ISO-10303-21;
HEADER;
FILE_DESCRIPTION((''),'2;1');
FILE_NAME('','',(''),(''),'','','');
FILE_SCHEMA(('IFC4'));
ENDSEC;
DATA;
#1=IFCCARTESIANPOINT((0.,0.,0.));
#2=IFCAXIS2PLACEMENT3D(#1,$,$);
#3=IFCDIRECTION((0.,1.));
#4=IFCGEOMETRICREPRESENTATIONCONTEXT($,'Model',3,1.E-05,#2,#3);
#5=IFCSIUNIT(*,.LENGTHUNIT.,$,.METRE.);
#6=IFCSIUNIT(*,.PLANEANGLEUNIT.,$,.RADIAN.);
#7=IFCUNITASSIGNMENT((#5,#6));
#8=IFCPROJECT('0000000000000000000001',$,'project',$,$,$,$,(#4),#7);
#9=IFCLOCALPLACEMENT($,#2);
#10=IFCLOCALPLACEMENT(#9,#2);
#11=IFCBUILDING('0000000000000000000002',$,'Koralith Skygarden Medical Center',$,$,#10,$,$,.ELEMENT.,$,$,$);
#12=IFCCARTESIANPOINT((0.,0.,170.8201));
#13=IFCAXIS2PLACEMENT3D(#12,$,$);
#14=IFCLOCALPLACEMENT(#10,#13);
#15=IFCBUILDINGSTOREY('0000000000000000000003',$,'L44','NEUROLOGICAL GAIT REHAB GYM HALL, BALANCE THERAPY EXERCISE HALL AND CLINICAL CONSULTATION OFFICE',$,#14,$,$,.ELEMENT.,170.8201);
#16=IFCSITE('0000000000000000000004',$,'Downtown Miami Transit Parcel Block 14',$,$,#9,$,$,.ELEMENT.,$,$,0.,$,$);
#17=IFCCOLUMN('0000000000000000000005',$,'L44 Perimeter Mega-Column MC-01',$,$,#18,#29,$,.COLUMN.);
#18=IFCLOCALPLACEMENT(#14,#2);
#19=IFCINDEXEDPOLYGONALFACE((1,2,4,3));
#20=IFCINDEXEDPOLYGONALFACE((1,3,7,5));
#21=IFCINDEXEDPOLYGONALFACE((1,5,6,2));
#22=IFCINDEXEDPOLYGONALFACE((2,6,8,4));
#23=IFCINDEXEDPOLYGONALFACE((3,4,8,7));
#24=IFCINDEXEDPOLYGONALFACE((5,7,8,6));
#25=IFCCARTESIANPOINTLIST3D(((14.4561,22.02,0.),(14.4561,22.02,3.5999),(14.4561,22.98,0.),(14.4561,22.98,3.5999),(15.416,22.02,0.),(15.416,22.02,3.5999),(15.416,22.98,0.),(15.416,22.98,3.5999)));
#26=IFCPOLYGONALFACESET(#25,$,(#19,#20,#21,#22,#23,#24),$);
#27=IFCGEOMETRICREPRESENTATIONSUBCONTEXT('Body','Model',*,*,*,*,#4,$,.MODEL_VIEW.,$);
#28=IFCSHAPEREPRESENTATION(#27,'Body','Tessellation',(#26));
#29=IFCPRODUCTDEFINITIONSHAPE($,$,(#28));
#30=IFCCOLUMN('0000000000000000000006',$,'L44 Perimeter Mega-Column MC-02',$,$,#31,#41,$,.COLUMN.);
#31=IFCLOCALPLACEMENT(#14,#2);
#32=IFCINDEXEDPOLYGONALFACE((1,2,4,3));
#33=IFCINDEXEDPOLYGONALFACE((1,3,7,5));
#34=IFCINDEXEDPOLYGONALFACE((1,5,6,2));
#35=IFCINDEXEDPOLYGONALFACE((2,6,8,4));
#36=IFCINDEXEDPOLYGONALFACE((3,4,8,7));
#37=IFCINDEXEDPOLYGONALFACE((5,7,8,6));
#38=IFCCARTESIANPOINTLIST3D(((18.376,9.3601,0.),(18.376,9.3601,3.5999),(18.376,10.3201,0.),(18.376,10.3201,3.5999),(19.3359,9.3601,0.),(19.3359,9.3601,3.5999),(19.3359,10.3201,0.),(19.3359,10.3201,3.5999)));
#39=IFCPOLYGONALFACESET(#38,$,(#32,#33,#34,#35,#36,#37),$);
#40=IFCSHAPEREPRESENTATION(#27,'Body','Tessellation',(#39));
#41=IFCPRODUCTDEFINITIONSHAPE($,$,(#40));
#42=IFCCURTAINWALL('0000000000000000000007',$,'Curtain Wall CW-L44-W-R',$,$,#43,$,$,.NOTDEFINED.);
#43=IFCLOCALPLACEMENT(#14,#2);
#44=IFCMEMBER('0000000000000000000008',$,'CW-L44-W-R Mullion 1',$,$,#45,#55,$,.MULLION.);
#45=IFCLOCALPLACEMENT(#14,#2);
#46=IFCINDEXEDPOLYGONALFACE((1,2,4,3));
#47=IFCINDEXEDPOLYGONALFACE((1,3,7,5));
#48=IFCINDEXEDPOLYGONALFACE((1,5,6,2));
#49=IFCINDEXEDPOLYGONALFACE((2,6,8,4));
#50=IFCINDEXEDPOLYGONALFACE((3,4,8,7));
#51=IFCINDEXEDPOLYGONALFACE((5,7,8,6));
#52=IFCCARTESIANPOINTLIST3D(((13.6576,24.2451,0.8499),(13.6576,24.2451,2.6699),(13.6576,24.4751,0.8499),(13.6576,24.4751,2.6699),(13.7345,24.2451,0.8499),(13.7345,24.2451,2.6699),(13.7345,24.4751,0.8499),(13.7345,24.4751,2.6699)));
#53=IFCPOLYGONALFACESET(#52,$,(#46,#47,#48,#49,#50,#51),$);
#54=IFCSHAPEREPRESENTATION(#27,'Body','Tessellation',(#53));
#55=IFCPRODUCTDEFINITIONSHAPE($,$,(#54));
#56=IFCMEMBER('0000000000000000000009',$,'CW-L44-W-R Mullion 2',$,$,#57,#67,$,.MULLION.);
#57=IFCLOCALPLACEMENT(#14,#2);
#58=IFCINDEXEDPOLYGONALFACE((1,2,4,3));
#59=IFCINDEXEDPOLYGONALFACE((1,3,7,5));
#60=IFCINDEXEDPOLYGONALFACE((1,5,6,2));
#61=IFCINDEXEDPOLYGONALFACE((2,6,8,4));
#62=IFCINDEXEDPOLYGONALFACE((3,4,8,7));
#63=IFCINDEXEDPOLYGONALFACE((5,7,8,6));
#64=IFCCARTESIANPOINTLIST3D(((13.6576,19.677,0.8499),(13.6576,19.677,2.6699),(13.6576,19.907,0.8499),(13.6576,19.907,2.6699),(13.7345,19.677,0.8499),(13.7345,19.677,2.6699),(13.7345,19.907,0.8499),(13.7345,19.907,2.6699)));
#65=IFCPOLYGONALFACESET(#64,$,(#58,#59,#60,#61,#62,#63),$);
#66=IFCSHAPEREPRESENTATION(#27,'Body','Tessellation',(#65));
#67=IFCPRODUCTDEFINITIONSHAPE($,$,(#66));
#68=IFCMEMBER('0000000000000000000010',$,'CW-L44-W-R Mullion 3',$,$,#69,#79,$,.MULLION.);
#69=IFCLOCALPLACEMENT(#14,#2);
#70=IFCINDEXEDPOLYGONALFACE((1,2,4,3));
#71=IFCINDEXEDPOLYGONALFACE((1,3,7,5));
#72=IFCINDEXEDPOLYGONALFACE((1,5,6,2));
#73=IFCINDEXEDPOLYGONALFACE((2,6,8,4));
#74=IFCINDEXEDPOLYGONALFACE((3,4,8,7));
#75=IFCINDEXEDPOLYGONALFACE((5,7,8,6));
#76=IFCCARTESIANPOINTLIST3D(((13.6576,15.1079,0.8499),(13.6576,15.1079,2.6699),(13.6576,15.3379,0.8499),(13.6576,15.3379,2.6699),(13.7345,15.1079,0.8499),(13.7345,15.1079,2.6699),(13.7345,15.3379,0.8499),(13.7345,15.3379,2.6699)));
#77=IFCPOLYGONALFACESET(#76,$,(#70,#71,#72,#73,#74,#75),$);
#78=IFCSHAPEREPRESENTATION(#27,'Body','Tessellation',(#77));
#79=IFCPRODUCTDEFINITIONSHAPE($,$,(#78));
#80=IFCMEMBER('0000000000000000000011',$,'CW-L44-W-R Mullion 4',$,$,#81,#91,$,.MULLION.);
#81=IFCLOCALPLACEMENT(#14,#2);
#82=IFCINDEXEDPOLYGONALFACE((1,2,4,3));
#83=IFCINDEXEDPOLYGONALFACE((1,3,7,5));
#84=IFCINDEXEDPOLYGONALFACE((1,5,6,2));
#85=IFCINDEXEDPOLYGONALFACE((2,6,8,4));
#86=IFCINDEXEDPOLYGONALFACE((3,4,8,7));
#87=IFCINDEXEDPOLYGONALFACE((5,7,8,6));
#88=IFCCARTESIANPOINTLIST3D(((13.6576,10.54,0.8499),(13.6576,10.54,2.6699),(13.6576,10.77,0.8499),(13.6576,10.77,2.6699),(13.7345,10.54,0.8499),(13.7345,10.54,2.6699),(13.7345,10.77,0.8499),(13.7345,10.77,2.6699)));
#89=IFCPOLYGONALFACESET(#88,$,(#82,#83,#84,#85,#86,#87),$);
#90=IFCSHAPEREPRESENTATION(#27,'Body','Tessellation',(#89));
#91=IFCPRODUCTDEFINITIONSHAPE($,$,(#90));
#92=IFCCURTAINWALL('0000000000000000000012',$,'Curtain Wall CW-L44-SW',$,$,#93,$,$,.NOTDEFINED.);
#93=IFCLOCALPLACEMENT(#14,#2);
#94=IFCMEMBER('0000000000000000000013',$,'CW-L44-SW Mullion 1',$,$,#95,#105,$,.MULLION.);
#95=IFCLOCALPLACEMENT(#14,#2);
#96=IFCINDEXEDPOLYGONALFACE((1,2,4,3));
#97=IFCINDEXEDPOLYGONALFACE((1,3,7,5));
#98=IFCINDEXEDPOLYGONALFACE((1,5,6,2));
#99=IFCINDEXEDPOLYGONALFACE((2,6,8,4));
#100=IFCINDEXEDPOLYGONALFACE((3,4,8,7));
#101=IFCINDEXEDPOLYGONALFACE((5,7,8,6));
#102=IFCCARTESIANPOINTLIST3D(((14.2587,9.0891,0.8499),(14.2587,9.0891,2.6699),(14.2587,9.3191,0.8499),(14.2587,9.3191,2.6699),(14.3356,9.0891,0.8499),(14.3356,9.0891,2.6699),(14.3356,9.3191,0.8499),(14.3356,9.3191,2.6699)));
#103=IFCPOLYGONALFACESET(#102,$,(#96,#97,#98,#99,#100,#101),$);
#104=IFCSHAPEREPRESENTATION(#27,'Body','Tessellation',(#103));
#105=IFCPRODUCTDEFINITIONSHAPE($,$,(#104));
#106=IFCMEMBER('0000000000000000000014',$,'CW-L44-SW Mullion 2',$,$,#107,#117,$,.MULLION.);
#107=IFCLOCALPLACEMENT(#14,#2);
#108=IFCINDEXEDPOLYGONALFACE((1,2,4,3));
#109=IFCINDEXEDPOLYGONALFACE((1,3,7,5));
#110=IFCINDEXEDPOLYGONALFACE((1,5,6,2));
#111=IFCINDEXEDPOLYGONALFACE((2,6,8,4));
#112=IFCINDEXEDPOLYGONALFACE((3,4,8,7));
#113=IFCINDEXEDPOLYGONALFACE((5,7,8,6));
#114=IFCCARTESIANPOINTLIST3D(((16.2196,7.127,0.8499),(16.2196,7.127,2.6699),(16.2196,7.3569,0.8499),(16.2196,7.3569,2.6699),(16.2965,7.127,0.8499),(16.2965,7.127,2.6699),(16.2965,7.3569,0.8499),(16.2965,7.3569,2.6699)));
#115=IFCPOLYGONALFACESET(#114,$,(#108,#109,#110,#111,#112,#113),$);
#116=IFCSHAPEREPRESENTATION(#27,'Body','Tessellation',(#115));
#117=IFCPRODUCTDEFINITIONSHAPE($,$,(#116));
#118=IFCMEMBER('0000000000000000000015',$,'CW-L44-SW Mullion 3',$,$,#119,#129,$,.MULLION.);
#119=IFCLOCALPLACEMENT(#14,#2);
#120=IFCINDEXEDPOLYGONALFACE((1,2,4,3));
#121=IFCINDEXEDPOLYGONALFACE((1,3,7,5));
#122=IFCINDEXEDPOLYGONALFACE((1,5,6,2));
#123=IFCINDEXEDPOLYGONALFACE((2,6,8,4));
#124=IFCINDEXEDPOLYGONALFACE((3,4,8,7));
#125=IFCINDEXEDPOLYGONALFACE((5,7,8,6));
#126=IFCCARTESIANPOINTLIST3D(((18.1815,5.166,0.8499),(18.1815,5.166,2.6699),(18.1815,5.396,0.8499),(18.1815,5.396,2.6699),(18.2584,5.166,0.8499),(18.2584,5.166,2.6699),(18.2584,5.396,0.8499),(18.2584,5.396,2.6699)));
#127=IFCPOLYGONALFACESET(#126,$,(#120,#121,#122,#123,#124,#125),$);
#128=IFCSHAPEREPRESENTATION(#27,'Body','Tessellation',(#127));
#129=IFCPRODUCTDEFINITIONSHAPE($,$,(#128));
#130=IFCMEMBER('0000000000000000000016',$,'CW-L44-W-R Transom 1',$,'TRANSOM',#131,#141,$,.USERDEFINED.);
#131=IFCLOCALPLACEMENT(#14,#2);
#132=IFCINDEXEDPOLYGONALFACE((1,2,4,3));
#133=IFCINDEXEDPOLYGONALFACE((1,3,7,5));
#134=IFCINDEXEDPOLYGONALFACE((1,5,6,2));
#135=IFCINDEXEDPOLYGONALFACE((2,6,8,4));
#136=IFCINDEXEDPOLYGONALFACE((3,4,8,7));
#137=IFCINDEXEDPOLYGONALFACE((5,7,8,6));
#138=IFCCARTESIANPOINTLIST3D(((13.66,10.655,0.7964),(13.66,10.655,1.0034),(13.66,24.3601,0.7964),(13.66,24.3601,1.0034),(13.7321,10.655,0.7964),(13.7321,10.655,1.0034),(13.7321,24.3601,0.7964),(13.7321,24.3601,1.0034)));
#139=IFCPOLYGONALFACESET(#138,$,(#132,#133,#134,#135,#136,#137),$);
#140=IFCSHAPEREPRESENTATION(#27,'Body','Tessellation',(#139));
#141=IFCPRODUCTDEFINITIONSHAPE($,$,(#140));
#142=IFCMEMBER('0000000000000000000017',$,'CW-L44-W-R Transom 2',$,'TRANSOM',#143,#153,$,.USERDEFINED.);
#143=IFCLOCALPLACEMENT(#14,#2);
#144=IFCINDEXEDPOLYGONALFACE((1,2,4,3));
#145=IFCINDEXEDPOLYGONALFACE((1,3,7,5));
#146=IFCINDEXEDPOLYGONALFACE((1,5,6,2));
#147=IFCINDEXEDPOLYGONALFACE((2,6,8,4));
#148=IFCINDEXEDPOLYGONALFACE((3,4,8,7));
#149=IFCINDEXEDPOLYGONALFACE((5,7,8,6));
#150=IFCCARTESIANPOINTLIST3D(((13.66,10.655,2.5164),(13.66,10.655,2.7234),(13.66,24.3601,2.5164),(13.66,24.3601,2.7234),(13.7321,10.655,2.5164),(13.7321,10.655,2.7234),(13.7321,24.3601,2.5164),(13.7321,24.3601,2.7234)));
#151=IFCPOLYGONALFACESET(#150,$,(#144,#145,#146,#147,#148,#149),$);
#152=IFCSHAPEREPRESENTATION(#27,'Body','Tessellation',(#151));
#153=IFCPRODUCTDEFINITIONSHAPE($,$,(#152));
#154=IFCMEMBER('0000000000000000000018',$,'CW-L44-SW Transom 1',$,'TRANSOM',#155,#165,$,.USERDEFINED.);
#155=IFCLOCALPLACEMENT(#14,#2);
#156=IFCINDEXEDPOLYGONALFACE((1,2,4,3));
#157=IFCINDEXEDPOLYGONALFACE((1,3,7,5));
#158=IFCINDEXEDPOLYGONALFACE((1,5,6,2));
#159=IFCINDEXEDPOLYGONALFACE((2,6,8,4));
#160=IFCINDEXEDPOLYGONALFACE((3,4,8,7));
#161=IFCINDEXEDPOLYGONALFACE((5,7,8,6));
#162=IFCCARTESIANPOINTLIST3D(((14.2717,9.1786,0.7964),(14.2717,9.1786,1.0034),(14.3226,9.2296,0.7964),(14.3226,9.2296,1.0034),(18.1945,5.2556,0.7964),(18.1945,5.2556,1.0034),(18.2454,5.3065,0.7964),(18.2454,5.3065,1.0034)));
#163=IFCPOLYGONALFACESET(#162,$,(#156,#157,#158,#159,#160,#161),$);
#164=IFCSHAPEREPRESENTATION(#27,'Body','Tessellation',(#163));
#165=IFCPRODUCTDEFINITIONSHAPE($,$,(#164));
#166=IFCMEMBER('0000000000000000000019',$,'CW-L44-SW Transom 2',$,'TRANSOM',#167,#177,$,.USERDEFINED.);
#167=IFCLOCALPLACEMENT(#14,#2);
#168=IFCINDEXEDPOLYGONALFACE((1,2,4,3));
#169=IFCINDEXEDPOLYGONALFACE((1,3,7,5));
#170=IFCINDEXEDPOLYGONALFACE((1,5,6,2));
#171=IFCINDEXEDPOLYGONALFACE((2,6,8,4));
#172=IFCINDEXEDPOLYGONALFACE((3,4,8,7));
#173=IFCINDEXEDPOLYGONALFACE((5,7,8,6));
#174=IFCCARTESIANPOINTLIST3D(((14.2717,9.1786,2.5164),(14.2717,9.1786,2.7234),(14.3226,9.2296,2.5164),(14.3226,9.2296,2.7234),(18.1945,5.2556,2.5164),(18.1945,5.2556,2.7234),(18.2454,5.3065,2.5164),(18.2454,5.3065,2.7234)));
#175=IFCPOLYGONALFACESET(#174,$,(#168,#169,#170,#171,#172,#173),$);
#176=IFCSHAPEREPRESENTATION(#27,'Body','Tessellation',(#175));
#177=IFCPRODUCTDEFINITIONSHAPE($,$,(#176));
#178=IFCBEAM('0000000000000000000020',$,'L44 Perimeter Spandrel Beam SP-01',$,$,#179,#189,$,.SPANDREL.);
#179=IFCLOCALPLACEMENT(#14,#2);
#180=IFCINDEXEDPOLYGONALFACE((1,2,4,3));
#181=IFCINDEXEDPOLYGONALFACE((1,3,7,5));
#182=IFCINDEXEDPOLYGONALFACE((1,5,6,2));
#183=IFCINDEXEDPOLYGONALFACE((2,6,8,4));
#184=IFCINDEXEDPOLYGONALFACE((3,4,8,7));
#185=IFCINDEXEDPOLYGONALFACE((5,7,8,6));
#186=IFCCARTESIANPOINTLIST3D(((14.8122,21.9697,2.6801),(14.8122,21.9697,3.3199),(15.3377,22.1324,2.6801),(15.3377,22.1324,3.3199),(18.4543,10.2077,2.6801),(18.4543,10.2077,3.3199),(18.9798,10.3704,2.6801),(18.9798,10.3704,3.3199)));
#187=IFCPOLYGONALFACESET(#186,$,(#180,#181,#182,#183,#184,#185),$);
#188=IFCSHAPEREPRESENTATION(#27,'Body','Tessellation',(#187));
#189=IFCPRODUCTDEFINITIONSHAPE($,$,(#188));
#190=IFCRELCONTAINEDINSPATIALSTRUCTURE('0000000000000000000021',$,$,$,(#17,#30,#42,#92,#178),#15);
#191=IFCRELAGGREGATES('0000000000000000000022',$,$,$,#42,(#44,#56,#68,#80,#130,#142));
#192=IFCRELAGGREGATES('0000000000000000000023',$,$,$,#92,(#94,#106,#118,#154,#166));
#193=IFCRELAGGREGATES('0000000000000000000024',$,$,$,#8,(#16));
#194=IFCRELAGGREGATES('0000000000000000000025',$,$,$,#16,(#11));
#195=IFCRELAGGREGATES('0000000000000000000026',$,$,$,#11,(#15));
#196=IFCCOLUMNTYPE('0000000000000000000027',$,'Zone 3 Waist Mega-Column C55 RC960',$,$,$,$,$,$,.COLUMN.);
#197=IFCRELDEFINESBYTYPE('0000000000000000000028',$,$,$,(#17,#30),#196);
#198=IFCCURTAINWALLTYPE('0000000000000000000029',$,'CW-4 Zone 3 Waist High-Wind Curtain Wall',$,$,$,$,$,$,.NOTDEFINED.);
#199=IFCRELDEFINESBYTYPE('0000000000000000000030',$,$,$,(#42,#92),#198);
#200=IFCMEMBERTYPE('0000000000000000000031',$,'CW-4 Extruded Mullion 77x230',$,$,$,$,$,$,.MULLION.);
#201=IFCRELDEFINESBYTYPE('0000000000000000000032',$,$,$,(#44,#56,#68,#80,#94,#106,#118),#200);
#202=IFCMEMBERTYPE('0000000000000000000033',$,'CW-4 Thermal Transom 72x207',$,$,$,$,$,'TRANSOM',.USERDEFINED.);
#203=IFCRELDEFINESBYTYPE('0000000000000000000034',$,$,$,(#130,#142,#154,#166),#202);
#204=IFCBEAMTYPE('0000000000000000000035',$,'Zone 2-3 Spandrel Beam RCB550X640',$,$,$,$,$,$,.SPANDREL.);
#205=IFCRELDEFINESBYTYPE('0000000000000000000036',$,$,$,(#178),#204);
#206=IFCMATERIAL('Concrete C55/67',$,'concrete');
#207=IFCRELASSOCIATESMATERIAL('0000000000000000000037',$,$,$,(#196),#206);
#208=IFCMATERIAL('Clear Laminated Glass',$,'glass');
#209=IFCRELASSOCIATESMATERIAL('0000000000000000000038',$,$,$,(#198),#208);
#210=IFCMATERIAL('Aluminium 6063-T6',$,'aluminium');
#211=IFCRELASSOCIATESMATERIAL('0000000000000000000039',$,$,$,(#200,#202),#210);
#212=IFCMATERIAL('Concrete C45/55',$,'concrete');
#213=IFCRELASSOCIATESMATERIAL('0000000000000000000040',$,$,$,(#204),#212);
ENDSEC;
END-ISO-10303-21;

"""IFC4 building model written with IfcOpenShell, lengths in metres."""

from ifc_helpers import new_model, si_unit, direction, frame, origin, origin_2d, place, context, subcontext, project, spatial, rectangle, extrude, material, material_profile, profile_set, type_object, element, aggregate, save


model = new_model("IFC4")

# Units and contexts
model_context = context("Model", 3, precision=1e-05, world=origin(), true_north=direction((0.0, 1.0)))
body_context = subcontext(model_context, "Body", "Model", "MODEL_VIEW")
ifc_project = project(units=[si_unit("LENGTHUNIT", "METRE"), si_unit("PLANEANGLEUNIT", "RADIAN")], contexts=[model_context])

# Site, building, storey
site_placement = place(None, origin())
site = spatial("IfcSite", under=ifc_project, at=site_placement, Name="Downtown Miami Transit Parcel Block 14", CompositionType="ELEMENT", RefElevation=0.0)
building_placement = place(site_placement, origin())
building = spatial("IfcBuilding", under=site, at=building_placement, Name="Koralith Skygarden Medical Center", CompositionType="ELEMENT")
storey_placement = place(building_placement, frame((0.0, 0.0, 170.8201)))
storey = spatial("IfcBuildingStorey", under=building, at=storey_placement, Name="L44", Description="NEUROLOGICAL GAIT REHAB GYM HALL, BALANCE THERAPY EXERCISE HALL AND CLINICAL CONSULTATION OFFICE", CompositionType="ELEMENT", Elevation=170.8201)

# Columns
ifc_material_1 = material(Name="Concrete C55/67", Category="concrete")
ifc_material_profile_1 = material_profile(ifc_material_1, rectangle(XDim=0.96, YDim=0.96, at=origin_2d()), Name="RC960X960")
ifc_profile_set_1 = profile_set([ifc_material_profile_1], Name="Concrete C55/67")
column_type = type_object("IfcColumnType", Name="Zone 3 Waist Mega-Column C55 RC960", PredefinedType="COLUMN", material=ifc_profile_set_1)
for number, where, z_axis, x_axis, name in (
    (1, (14.936, 22.5, 0.0), (0.0, 0.0, 1.0), (1.0, 0.0, 0.0), "L44 Perimeter Mega-Column MC-01"),
    (2, (18.856, 9.8401, 0.0), (0.0, 0.0, 1.0), (1.0, 0.0, 0.0), "L44 Perimeter Mega-Column MC-02"),
):
    element("IfcColumn", number, at=place(storey_placement, frame(where, z_axis=z_axis, x_axis=x_axis)), inside=storey, type_object=column_type, Name=name, PredefinedType="COLUMN", context=body_context, shape_type="SweptSolid", body=[
        extrude(rectangle(XDim=0.96, YDim=0.96, at=origin_2d()), origin(), (0.0, 0.0, 1.0), 3.5999),
    ])

# Curtain walls, members
ifc_material_2 = material(Name="Clear Laminated Glass", Category="glass")
curtain_wall_type = type_object("IfcCurtainWallType", Name="CW-4 Zone 3 Waist High-Wind Curtain Wall", PredefinedType="NOTDEFINED", material=ifc_material_2)
curtain_wall_1_placement = place(storey_placement, origin())
curtain_wall_1 = element("IfcCurtainWall", 3, at=curtain_wall_1_placement, inside=storey, type_object=curtain_wall_type, Name="Curtain Wall CW-L44-W-R", PredefinedType="NOTDEFINED")
ifc_material_3 = material(Name="Aluminium 6063-T6", Category="aluminium")
ifc_material_profile_2 = material_profile(ifc_material_3, rectangle(XDim=0.0769, YDim=0.23, at=origin_2d()), Name="MUL77X230")
ifc_profile_set_2 = profile_set([ifc_material_profile_2], Name="Aluminium 6063-T6")
member_type_1 = type_object("IfcMemberType", Name="CW-4 Extruded Mullion 77x230", PredefinedType="MULLION", material=ifc_profile_set_2)
member_1_placement = place(storey_placement, frame((13.696, 24.3601, 0.8499), z_axis=(0.0, 0.0, 1.0), x_axis=(1.0, 0.0, 0.0)))
member_1 = element("IfcMember", 4, at=member_1_placement, type_object=member_type_1, Name="CW-L44-W-R Mullion 1", PredefinedType="MULLION", context=body_context, shape_type="SweptSolid", body=[
    extrude(rectangle(XDim=0.0769, YDim=0.23, at=origin_2d()), origin(), (0.0, 0.0, 1.0), 1.8201),
])
member_2_placement = place(storey_placement, frame((13.696, 19.792, 0.8499), z_axis=(0.0, 0.0, 1.0), x_axis=(1.0, 0.0, 0.0)))
member_2 = element("IfcMember", 5, at=member_2_placement, type_object=member_type_1, Name="CW-L44-W-R Mullion 2", PredefinedType="MULLION", context=body_context, shape_type="SweptSolid", body=[
    extrude(rectangle(XDim=0.0769, YDim=0.23, at=origin_2d()), origin(), (0.0, 0.0, 1.0), 1.8201),
])
member_3_placement = place(storey_placement, frame((13.696, 15.2229, 0.8499), z_axis=(0.0, 0.0, 1.0), x_axis=(1.0, 0.0, 0.0)))
member_3 = element("IfcMember", 6, at=member_3_placement, type_object=member_type_1, Name="CW-L44-W-R Mullion 3", PredefinedType="MULLION", context=body_context, shape_type="SweptSolid", body=[
    extrude(rectangle(XDim=0.0769, YDim=0.23, at=origin_2d()), origin(), (0.0, 0.0, 1.0), 1.8201),
])
member_4_placement = place(storey_placement, frame((13.696, 10.655, 0.8499), z_axis=(0.0, 0.0, 1.0), x_axis=(1.0, 0.0, 0.0)))
member_4 = element("IfcMember", 7, at=member_4_placement, type_object=member_type_1, Name="CW-L44-W-R Mullion 4", PredefinedType="MULLION", context=body_context, shape_type="SweptSolid", body=[
    extrude(rectangle(XDim=0.0769, YDim=0.23, at=origin_2d()), origin(), (0.0, 0.0, 1.0), 1.8201),
])
curtain_wall_2_placement = place(storey_placement, origin())
curtain_wall_2 = element("IfcCurtainWall", 8, at=curtain_wall_2_placement, inside=storey, type_object=curtain_wall_type, Name="Curtain Wall CW-L44-SW", PredefinedType="NOTDEFINED")
member_5_placement = place(storey_placement, frame((14.2971, 9.2041, 0.8499), z_axis=(0.0, 0.0, 1.0), x_axis=(1.0, 0.0, 0.0)))
member_5 = element("IfcMember", 9, at=member_5_placement, type_object=member_type_1, Name="CW-L44-SW Mullion 1", PredefinedType="MULLION", context=body_context, shape_type="SweptSolid", body=[
    extrude(rectangle(XDim=0.0769, YDim=0.23, at=origin_2d()), origin(), (0.0, 0.0, 1.0), 1.8201),
])
member_6_placement = place(storey_placement, frame((16.2581, 7.2419, 0.8499), z_axis=(0.0, 0.0, 1.0), x_axis=(1.0, 0.0, 0.0)))
member_6 = element("IfcMember", 10, at=member_6_placement, type_object=member_type_1, Name="CW-L44-SW Mullion 2", PredefinedType="MULLION", context=body_context, shape_type="SweptSolid", body=[
    extrude(rectangle(XDim=0.0769, YDim=0.23, at=origin_2d()), origin(), (0.0, 0.0, 1.0), 1.8201),
])
member_7_placement = place(storey_placement, frame((18.22, 5.281, 0.8499), z_axis=(0.0, 0.0, 1.0), x_axis=(1.0, 0.0, 0.0)))
member_7 = element("IfcMember", 11, at=member_7_placement, type_object=member_type_1, Name="CW-L44-SW Mullion 3", PredefinedType="MULLION", context=body_context, shape_type="SweptSolid", body=[
    extrude(rectangle(XDim=0.0769, YDim=0.23, at=origin_2d()), origin(), (0.0, 0.0, 1.0), 1.8201),
])

# Members
ifc_material_profile_3 = material_profile(ifc_material_3, rectangle(XDim=0.072, YDim=0.207, at=origin_2d()), Name="TRN72X207")
ifc_profile_set_3 = profile_set([ifc_material_profile_3], Name="Aluminium 6063-T6")
member_type_2 = type_object("IfcMemberType", Name="CW-4 Thermal Transom 72x207", ElementType="TRANSOM", PredefinedType="USERDEFINED", material=ifc_profile_set_3)
member_8_placement = place(storey_placement, frame((13.696, 24.3601, 0.8999), z_axis=(0.0, -1.0, 0.0), x_axis=(1.0, 0.0, 0.0)))
member_8 = element("IfcMember", 12, at=member_8_placement, type_object=member_type_2, Name="CW-L44-W-R Transom 1", ObjectType="TRANSOM", PredefinedType="USERDEFINED", context=body_context, shape_type="SweptSolid", body=[
    extrude(rectangle(XDim=0.072, YDim=0.207, at=origin_2d()), origin(), (0.0, 0.0, 1.0), 13.7051),
])
member_9_placement = place(storey_placement, frame((13.696, 24.3601, 2.6199), z_axis=(0.0, -1.0, 0.0), x_axis=(1.0, 0.0, 0.0)))
member_9 = element("IfcMember", 13, at=member_9_placement, type_object=member_type_2, Name="CW-L44-W-R Transom 2", ObjectType="TRANSOM", PredefinedType="USERDEFINED", context=body_context, shape_type="SweptSolid", body=[
    extrude(rectangle(XDim=0.072, YDim=0.207, at=origin_2d()), origin(), (0.0, 0.0, 1.0), 13.7051),
])
member_10_placement = place(storey_placement, frame((14.2971, 9.2041, 0.8999), z_axis=(0.707085, -0.707129, 0.0), x_axis=(0.707129, 0.707085, 0.0)))
member_10 = element("IfcMember", 14, at=member_10_placement, type_object=member_type_2, Name="CW-L44-SW Transom 1", ObjectType="TRANSOM", PredefinedType="USERDEFINED", context=body_context, shape_type="SweptSolid", body=[
    extrude(rectangle(XDim=0.072, YDim=0.207, at=origin_2d()), origin(), (0.0, 0.0, 1.0), 5.5479),
])
member_11_placement = place(storey_placement, frame((14.2971, 9.2041, 2.6199), z_axis=(0.707085, -0.707129, 0.0), x_axis=(0.707129, 0.707085, 0.0)))
member_11 = element("IfcMember", 15, at=member_11_placement, type_object=member_type_2, Name="CW-L44-SW Transom 2", ObjectType="TRANSOM", PredefinedType="USERDEFINED", context=body_context, shape_type="SweptSolid", body=[
    extrude(rectangle(XDim=0.072, YDim=0.207, at=origin_2d()), origin(), (0.0, 0.0, 1.0), 5.5479),
])

# Beam
ifc_material_4 = material(Name="Concrete C45/55", Category="concrete")
ifc_material_profile_4 = material_profile(ifc_material_4, rectangle(XDim=0.55, YDim=0.6399, at=origin_2d()), Name="RCB550X640")
ifc_profile_set_4 = profile_set([ifc_material_profile_4], Name="Concrete C45/55")
beam_type = type_object("IfcBeamType", Name="Zone 2-3 Spandrel Beam RCB550X640", PredefinedType="SPANDREL", material=ifc_profile_set_4)
beam_placement = place(storey_placement, frame((15.075, 22.051, 3.0), z_axis=(0.295794, -0.955252, 0.0), x_axis=(0.955252, 0.295794, 0.0)))
element("IfcBeam", 16, at=beam_placement, inside=storey, type_object=beam_type, Name="L44 Perimeter Spandrel Beam SP-01", PredefinedType="SPANDREL", context=body_context, shape_type="SweptSolid", body=[
    extrude(rectangle(XDim=0.55, YDim=0.6399, at=origin_2d()), origin(), (0.0, 0.0, 1.0), 12.313),
])

aggregate(curtain_wall_1, [member_1, member_2, member_3, member_4, member_8, member_9])
aggregate(curtain_wall_2, [member_5, member_6, member_7, member_10, member_11])

save(model, "model.ifc")
